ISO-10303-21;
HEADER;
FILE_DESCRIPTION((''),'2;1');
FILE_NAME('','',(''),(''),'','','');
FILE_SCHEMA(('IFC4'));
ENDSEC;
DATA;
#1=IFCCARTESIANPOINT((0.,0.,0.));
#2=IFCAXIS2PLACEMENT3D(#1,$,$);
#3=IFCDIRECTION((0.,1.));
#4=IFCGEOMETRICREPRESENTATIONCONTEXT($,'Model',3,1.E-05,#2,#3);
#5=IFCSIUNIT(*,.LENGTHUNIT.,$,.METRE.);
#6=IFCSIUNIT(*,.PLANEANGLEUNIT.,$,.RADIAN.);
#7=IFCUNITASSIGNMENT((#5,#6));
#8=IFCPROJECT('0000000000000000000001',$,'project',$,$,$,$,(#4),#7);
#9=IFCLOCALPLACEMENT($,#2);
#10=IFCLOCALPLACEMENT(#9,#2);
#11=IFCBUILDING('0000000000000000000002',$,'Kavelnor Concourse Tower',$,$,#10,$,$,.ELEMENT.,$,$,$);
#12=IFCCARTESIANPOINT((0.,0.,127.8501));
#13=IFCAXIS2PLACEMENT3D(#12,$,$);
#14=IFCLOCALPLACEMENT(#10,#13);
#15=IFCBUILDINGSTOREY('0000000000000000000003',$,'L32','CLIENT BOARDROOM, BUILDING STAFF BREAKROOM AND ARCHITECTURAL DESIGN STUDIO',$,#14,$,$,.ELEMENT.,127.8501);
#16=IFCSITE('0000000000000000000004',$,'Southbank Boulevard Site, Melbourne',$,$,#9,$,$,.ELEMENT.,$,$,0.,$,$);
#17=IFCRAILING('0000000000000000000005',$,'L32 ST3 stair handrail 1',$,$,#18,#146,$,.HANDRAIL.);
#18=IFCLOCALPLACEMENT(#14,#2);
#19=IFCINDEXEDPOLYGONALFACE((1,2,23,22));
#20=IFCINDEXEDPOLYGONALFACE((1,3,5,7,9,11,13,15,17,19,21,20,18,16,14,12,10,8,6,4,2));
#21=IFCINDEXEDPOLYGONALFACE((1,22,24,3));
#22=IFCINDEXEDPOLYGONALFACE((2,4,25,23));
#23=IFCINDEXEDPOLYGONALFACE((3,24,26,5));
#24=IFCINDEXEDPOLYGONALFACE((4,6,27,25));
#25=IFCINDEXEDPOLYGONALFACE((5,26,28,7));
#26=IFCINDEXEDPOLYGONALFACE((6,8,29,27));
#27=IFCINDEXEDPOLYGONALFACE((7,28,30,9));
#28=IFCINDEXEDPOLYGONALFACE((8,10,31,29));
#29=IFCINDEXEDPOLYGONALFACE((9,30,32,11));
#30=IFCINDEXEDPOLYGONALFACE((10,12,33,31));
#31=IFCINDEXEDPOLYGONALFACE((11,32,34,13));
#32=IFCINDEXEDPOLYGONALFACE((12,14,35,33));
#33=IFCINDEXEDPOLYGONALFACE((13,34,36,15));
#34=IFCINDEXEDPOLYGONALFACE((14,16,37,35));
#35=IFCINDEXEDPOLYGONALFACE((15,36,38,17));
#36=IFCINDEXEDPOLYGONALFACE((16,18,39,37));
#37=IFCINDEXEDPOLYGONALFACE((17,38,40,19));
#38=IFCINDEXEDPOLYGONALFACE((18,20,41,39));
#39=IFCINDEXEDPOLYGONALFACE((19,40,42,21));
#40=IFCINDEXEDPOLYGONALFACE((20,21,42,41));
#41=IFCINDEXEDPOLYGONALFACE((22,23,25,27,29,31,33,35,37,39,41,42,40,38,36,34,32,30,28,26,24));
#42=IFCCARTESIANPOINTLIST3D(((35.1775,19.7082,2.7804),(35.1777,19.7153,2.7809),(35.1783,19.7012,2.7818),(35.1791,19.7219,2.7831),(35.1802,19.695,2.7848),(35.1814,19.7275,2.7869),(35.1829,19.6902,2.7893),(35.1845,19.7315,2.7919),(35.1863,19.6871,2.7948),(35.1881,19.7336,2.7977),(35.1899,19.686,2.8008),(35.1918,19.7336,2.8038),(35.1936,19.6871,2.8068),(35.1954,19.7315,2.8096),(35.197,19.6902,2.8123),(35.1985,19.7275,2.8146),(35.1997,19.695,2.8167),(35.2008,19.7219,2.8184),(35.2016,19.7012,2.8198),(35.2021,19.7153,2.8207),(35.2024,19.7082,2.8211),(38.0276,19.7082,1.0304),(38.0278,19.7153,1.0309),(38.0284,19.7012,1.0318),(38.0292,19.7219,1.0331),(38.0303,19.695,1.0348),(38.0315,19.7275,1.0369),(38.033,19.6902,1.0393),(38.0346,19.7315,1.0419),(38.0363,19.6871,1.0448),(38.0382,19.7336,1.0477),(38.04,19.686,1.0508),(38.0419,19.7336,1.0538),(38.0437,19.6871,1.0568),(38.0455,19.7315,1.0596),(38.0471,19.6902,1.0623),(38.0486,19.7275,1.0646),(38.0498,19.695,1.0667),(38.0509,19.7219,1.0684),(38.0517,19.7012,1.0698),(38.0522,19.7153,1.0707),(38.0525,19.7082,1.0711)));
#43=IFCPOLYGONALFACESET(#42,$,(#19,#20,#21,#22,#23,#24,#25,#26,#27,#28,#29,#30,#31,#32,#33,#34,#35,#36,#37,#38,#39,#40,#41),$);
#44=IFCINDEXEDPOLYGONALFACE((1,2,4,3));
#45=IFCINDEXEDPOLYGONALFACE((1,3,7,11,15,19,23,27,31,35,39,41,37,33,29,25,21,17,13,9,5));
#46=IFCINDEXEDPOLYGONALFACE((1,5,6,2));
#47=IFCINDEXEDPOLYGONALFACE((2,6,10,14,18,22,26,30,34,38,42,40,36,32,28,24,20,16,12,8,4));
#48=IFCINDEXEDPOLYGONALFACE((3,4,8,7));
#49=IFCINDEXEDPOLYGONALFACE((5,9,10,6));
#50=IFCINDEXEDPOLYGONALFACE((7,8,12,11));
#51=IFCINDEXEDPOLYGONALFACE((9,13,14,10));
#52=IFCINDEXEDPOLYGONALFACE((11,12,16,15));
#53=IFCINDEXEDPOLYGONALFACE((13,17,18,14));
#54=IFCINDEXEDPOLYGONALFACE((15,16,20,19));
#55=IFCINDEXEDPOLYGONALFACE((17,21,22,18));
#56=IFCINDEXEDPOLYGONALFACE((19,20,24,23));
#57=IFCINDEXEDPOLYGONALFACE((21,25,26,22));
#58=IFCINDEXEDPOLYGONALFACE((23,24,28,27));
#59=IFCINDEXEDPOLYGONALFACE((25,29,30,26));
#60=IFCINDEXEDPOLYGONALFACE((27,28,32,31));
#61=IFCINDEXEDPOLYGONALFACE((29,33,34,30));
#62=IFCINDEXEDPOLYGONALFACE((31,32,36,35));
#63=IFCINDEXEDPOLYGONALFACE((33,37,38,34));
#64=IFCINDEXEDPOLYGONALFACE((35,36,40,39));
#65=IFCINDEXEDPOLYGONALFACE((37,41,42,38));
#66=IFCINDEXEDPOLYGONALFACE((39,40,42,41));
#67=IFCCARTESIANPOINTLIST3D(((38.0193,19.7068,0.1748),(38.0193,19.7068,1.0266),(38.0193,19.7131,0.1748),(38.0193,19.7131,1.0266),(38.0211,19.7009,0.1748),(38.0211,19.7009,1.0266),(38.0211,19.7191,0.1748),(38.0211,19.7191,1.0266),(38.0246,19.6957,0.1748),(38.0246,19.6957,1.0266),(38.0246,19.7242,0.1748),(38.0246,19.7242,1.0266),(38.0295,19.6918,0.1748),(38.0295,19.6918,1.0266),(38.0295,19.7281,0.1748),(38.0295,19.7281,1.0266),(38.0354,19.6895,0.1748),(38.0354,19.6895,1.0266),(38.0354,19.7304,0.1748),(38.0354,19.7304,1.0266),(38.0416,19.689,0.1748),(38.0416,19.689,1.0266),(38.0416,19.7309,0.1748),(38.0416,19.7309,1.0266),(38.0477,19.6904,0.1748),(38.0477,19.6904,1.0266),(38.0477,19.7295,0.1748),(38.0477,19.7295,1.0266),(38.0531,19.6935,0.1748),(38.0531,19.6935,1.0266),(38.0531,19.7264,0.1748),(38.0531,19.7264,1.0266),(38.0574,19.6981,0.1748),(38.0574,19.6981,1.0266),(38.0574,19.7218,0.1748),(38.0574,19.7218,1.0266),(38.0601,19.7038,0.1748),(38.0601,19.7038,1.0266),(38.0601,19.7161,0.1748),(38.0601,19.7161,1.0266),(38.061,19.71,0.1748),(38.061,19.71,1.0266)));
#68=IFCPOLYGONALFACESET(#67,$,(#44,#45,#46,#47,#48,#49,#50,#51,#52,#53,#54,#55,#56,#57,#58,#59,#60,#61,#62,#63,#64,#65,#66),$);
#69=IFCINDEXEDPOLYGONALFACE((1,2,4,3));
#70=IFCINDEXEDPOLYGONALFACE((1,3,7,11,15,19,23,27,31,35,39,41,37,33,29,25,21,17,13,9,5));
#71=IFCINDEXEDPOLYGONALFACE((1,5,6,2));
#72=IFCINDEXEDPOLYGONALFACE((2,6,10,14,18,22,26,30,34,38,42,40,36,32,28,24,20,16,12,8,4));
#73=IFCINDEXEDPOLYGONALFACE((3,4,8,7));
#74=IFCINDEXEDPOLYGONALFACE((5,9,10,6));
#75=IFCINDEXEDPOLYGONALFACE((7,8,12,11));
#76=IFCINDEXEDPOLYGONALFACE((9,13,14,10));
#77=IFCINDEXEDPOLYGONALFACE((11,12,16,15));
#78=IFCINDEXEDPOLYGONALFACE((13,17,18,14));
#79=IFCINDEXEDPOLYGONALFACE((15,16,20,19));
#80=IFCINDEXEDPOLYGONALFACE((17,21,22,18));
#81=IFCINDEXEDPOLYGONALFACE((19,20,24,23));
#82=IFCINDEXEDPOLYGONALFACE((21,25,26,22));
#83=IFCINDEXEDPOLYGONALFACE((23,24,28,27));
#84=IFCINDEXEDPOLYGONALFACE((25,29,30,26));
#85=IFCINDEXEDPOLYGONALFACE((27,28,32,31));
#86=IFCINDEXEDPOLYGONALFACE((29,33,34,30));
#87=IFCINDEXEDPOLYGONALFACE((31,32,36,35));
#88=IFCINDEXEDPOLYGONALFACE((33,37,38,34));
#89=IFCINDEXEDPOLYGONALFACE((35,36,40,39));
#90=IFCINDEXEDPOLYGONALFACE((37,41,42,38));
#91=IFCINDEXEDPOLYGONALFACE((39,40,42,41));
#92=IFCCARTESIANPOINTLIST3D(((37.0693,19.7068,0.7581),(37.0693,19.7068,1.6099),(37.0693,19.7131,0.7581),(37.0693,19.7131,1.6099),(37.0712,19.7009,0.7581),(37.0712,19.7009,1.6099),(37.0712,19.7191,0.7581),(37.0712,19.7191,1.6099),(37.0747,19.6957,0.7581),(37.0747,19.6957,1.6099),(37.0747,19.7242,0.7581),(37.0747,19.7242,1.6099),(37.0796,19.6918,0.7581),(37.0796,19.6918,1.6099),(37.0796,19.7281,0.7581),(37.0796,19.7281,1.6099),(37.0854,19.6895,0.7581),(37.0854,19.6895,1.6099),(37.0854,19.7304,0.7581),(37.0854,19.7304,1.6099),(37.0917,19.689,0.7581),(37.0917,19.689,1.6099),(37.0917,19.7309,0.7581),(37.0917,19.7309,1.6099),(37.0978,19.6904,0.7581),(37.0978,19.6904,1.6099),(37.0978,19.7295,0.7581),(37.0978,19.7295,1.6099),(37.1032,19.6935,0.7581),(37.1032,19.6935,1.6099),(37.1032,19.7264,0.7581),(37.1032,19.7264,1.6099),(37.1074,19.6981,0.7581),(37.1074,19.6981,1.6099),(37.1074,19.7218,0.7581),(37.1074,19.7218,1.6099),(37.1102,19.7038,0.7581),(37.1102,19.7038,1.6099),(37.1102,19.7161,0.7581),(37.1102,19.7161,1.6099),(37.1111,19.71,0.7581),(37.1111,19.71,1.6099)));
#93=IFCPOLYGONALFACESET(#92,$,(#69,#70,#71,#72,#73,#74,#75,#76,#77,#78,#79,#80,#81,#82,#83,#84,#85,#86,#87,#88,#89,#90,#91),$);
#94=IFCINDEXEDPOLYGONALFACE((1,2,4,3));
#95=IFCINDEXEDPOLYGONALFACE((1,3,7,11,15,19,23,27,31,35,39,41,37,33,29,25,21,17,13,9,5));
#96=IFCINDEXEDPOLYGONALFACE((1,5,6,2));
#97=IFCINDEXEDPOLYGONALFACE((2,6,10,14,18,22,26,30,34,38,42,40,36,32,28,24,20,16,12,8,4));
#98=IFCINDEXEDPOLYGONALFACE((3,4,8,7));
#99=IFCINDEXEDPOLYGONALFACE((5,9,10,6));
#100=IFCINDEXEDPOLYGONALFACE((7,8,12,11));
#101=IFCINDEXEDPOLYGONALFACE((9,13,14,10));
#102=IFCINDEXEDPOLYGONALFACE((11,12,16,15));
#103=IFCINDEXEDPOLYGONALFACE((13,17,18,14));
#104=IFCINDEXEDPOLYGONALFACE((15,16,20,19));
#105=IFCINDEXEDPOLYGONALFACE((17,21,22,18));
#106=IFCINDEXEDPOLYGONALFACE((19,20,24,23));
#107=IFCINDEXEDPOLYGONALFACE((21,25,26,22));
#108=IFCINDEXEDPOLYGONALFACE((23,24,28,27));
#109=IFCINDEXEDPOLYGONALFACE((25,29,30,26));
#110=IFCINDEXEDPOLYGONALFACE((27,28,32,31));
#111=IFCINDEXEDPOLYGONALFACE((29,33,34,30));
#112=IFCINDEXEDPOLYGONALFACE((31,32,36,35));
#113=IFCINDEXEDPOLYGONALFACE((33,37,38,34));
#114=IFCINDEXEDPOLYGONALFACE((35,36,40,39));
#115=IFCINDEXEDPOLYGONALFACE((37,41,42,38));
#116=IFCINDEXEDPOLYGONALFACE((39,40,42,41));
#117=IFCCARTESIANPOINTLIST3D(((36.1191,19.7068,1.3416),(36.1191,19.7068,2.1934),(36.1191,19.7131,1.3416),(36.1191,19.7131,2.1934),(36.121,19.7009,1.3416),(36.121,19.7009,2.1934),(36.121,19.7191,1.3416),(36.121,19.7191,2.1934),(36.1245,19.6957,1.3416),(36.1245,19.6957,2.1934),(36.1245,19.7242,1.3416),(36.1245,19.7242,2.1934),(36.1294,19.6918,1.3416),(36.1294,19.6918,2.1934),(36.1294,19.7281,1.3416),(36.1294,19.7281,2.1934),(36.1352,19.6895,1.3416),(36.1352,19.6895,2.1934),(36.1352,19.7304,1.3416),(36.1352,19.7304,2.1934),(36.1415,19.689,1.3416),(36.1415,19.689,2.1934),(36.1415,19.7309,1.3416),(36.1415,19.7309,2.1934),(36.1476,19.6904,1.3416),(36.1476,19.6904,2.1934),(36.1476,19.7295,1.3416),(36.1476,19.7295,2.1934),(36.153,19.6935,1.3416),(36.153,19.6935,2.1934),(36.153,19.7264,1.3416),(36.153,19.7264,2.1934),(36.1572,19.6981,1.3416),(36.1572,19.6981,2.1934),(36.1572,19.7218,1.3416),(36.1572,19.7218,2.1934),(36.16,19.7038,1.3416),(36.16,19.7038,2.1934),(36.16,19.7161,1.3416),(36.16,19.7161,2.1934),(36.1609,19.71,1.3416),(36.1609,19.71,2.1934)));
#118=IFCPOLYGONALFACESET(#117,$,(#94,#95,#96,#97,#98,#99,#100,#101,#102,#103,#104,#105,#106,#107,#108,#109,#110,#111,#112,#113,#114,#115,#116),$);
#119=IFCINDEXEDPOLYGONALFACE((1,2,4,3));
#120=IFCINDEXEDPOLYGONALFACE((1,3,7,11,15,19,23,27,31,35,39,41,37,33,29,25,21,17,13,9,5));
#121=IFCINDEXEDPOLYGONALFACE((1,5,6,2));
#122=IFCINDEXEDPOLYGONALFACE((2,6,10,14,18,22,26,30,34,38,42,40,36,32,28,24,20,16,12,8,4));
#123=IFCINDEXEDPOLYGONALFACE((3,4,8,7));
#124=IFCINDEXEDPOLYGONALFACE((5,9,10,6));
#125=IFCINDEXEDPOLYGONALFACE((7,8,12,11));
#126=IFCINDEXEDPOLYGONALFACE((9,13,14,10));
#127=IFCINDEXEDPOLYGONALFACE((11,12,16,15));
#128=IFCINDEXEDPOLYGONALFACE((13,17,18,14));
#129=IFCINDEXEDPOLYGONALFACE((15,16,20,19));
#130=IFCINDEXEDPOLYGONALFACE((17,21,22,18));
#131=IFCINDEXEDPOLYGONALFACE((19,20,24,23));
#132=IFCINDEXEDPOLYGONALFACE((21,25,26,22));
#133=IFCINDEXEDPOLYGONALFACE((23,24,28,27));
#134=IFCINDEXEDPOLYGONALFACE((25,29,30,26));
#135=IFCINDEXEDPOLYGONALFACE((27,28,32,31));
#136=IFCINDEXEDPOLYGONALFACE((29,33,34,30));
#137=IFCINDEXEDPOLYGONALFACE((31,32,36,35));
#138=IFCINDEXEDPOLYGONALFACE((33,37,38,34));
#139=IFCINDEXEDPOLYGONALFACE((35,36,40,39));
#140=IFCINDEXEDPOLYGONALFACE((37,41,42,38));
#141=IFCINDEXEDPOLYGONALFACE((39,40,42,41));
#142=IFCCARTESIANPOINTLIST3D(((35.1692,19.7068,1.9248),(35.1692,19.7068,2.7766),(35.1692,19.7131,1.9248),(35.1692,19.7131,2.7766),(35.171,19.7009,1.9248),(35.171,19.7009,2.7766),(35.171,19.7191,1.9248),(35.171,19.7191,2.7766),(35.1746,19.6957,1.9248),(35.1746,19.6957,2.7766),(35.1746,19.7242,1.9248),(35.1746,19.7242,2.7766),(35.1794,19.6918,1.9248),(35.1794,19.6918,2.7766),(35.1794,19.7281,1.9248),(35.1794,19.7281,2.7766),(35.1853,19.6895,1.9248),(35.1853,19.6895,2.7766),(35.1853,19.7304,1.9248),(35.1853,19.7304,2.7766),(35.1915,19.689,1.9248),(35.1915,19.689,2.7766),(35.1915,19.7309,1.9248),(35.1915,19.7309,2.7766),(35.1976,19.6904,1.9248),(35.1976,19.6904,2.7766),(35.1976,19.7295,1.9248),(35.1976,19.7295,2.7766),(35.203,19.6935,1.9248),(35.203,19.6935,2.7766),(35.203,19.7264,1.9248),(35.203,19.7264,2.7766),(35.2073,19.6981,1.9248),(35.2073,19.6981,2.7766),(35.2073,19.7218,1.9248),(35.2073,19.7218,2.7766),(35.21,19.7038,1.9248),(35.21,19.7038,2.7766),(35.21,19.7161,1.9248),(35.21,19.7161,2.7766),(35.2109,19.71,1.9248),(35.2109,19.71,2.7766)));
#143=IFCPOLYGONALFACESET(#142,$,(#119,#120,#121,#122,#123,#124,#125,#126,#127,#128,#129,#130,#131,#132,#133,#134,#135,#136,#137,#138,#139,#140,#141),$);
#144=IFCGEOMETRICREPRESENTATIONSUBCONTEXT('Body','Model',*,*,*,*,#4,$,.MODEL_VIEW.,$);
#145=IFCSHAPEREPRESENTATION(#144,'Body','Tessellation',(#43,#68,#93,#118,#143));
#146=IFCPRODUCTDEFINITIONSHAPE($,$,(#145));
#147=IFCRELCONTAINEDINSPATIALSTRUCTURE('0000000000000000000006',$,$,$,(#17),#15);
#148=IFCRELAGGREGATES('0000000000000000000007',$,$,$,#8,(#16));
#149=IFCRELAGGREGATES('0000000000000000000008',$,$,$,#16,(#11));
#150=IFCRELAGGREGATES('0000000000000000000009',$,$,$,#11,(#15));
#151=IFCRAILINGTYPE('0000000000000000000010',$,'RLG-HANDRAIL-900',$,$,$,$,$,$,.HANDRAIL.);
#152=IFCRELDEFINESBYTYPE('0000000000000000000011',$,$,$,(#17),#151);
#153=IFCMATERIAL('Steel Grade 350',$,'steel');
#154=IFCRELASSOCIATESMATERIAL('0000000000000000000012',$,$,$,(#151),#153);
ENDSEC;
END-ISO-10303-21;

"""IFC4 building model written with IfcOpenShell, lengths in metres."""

from ifc_helpers import new_model, si_unit, direction, frame, origin, origin_2d, place, context, subcontext, project, spatial, circle, extrude, material, type_object, element, save


model = new_model("IFC4")

# Units and contexts
model_context = context("Model", 3, precision=1e-05, world=origin(), true_north=direction((0.0, 1.0)))
body_context = subcontext(model_context, "Body", "Model", "MODEL_VIEW")
ifc_project = project(units=[si_unit("LENGTHUNIT", "METRE"), si_unit("PLANEANGLEUNIT", "RADIAN")], contexts=[model_context])

# Site, building, storey
site_placement = place(None, origin())
site = spatial("IfcSite", under=ifc_project, at=site_placement, Name="Southbank Boulevard Site, Melbourne", CompositionType="ELEMENT", RefElevation=0.0)
building_placement = place(site_placement, origin())
building = spatial("IfcBuilding", under=site, at=building_placement, Name="Kavelnor Concourse Tower", CompositionType="ELEMENT")
storey_placement = place(building_placement, frame((0.0, 0.0, 127.8501)))
storey = spatial("IfcBuildingStorey", under=building, at=storey_placement, Name="L32", Description="CLIENT BOARDROOM, BUILDING STAFF BREAKROOM AND ARCHITECTURAL DESIGN STUDIO", CompositionType="ELEMENT", Elevation=127.8501)

# Shared definitions
ifc_material_1 = material(Name="Steel Grade 350", Category="steel")

# Railing
railing_type_1 = type_object("IfcRailingType", Name="RLG-HANDRAIL-900", PredefinedType="HANDRAIL", material=ifc_material_1)
railing_1_placement = place(storey_placement, frame((38.04, 19.71, 0.1748)))
element("IfcRailing", 1, at=railing_1_placement, inside=storey, type_object=railing_type_1, Name="L32 ST3 stair handrail 1", PredefinedType="HANDRAIL", context=body_context, shape_type="SweptSolid", body=[
    extrude(circle(Radius=0.0239, at=origin_2d()), frame((0.0, 0.0, 0.876), z_axis=(-0.852179, 0.0, 0.52325), x_axis=(0.0, -1.0, 0.0)), (0.0, 0.0, 1.0), 3.3445),
    extrude(circle(Radius=0.021, at=origin_2d()), origin(), (0.0, 0.0, 1.0), 0.8518),
    extrude(circle(Radius=0.021, at=origin_2d()), frame((-0.95, 0.0, 0.5833)), (0.0, 0.0, 1.0), 0.8518),
    extrude(circle(Radius=0.021, at=origin_2d()), frame((-1.9001, 0.0, 1.1667)), (0.0, 0.0, 1.0), 0.8518),
    extrude(circle(Radius=0.021, at=origin_2d()), frame((-2.8501, 0.0, 1.75)), (0.0, 0.0, 1.0), 0.8518),
])

save(model, "model.ifc")
